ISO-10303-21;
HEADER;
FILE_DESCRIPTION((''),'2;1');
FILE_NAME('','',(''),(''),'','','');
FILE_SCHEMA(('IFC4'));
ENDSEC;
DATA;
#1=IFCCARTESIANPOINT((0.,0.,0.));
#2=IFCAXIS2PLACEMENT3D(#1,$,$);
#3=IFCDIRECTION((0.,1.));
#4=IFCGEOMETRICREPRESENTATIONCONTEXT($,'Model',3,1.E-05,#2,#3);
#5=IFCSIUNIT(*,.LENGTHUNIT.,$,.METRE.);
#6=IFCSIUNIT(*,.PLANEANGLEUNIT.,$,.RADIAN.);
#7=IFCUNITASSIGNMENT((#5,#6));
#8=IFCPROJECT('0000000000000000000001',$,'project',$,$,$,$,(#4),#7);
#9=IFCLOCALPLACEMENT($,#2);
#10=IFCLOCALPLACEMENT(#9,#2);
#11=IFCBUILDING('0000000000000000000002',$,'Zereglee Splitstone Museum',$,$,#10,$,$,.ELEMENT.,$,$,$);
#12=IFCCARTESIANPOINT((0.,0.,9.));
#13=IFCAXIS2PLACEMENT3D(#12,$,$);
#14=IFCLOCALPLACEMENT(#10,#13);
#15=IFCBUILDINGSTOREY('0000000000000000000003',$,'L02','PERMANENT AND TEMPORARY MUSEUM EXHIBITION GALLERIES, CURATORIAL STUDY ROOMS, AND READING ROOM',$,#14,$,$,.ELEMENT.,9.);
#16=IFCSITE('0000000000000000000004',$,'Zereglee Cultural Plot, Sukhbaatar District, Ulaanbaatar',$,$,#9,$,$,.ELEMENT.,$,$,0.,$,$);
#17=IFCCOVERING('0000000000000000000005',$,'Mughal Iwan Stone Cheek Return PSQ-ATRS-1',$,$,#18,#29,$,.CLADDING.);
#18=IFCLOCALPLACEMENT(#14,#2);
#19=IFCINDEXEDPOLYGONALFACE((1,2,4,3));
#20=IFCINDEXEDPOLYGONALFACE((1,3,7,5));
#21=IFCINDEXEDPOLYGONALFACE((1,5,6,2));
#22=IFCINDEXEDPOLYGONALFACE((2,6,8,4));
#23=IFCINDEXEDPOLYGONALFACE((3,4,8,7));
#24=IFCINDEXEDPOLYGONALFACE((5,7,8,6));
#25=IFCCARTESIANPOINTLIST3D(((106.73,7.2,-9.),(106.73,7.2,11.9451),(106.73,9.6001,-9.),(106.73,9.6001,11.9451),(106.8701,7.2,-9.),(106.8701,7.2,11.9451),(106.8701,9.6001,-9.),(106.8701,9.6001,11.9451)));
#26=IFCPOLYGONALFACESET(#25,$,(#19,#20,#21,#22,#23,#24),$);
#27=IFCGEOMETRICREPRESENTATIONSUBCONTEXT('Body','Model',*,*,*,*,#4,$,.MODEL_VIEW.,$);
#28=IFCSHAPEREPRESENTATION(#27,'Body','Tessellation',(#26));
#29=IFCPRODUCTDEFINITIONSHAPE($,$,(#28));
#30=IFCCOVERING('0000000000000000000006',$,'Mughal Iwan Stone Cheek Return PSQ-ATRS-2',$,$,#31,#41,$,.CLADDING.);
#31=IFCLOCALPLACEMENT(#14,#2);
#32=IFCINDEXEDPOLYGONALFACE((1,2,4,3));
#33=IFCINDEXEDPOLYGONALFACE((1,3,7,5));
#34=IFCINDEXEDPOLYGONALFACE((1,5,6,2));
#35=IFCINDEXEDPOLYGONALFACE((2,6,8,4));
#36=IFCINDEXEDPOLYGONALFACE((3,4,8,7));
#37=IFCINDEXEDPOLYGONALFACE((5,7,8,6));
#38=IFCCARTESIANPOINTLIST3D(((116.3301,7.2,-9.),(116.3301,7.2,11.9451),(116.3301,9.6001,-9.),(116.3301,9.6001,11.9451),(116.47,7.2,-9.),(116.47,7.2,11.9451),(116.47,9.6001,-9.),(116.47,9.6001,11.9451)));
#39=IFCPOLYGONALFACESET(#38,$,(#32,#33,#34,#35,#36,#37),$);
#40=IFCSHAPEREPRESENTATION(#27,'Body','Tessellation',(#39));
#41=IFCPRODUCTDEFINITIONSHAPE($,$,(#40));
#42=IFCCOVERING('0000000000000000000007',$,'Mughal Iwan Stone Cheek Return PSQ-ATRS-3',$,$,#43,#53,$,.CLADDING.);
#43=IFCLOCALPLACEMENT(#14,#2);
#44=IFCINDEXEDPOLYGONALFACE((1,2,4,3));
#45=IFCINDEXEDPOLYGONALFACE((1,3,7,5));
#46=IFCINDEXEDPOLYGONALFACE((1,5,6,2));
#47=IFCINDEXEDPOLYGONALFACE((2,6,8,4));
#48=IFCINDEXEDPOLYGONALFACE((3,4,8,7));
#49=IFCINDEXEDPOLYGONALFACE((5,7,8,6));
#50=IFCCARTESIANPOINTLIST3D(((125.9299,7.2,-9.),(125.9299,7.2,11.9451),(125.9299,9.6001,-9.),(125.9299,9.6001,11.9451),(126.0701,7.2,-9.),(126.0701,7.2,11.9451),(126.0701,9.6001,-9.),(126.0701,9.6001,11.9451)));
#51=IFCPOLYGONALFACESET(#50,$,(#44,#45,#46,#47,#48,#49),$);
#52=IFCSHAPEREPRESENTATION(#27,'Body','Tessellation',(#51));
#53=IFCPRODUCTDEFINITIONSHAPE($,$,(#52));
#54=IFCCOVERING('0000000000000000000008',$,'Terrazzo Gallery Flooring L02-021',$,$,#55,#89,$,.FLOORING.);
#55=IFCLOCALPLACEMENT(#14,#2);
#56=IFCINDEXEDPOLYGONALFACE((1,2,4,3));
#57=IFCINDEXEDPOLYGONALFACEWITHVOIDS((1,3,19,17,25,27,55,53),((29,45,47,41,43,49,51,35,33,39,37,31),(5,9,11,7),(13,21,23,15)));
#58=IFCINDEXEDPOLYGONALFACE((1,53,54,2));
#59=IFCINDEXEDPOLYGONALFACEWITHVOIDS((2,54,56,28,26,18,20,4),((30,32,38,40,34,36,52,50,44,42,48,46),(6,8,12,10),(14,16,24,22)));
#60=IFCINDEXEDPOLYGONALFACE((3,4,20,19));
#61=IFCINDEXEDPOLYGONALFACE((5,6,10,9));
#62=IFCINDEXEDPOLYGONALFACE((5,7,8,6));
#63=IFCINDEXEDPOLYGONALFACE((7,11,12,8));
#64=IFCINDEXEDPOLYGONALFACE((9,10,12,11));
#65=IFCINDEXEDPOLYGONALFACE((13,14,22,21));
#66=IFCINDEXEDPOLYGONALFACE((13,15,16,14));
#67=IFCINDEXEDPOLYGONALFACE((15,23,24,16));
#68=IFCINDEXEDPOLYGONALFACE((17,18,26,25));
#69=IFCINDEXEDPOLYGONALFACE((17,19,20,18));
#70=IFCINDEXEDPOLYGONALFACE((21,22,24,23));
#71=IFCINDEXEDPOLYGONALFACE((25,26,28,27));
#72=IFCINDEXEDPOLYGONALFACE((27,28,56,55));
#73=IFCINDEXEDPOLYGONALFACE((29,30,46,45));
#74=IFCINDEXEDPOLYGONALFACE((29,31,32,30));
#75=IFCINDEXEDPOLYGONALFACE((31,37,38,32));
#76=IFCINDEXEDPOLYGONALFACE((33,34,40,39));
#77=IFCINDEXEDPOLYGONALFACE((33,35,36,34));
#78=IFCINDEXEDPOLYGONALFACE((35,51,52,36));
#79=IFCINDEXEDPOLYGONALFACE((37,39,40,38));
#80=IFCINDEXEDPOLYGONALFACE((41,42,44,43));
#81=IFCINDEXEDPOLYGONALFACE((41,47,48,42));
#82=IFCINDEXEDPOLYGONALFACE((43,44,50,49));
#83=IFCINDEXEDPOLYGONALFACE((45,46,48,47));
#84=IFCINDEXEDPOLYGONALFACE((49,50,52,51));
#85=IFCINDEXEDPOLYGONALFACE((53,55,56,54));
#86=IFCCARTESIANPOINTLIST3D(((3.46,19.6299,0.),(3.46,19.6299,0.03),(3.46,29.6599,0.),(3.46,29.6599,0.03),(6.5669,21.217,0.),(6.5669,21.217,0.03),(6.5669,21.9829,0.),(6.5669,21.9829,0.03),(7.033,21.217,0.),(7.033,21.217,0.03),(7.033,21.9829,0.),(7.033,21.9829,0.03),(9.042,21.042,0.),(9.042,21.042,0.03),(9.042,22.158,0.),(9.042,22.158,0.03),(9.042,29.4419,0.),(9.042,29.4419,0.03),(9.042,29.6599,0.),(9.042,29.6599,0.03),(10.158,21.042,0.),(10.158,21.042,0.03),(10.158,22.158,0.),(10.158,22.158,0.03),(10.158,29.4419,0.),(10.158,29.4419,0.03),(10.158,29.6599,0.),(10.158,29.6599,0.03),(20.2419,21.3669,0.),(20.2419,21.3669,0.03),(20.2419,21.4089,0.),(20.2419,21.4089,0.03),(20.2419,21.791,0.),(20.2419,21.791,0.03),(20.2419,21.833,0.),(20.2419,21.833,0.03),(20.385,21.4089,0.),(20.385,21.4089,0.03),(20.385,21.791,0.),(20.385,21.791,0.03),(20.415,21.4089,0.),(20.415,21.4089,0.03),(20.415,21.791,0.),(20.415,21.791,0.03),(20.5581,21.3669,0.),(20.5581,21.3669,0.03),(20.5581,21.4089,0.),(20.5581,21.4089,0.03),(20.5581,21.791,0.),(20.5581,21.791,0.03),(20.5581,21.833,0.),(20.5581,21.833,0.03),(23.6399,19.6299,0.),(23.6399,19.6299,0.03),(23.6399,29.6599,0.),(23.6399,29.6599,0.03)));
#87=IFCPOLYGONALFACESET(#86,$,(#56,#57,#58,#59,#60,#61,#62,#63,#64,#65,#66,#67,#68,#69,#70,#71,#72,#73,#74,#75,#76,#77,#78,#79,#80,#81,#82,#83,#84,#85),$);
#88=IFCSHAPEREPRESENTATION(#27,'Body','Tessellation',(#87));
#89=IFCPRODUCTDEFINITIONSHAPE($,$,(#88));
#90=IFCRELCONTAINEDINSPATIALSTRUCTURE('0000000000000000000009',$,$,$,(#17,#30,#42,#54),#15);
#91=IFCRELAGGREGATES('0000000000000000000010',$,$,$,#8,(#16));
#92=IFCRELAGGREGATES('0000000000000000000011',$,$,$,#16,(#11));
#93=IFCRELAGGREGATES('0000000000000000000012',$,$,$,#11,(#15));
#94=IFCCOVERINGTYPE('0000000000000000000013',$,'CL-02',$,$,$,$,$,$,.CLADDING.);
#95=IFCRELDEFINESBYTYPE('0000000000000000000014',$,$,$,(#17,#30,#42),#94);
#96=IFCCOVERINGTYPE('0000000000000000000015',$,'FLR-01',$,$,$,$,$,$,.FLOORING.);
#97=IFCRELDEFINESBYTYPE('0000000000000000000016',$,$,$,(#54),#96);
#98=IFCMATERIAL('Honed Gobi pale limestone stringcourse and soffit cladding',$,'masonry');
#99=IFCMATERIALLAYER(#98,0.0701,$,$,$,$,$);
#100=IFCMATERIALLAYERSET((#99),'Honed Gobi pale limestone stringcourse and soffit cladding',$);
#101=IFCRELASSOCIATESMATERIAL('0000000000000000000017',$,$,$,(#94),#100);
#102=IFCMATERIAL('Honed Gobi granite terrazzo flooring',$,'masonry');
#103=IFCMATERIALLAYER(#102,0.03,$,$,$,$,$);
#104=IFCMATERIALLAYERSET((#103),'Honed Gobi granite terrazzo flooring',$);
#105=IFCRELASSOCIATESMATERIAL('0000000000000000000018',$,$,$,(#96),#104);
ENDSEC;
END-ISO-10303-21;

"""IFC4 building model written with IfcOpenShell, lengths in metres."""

from ifc_helpers import new_model, si_unit, direction, frame, origin, place, context, subcontext, project, spatial, polyline, outline, extrude, material, layer, layer_set, type_object, element, save


model = new_model("IFC4")

# Units and contexts
model_context = context("Model", 3, precision=1e-05, world=origin(), true_north=direction((0.0, 1.0)))
body_context = subcontext(model_context, "Body", "Model", "MODEL_VIEW")
ifc_project = project(units=[si_unit("LENGTHUNIT", "METRE"), si_unit("PLANEANGLEUNIT", "RADIAN")], contexts=[model_context])

# Site, building, storey
site_placement = place(None, origin())
site = spatial("IfcSite", under=ifc_project, at=site_placement, Name="Zereglee Cultural Plot, Sukhbaatar District, Ulaanbaatar", CompositionType="ELEMENT", RefElevation=0.0)
building_placement = place(site_placement, origin())
building = spatial("IfcBuilding", under=site, at=building_placement, Name="Zereglee Splitstone Museum", CompositionType="ELEMENT")
storey_placement = place(building_placement, frame((0.0, 0.0, 9.0)))
storey = spatial("IfcBuildingStorey", under=building, at=storey_placement, Name="L02", Description="PERMANENT AND TEMPORARY MUSEUM EXHIBITION GALLERIES, CURATORIAL STUDY ROOMS, AND READING ROOM", CompositionType="ELEMENT", Elevation=9.0)

# Coverings
ifc_material_1 = material(Name="Honed Gobi pale limestone stringcourse and soffit cladding", Category="masonry")
ifc_layer_1 = layer(ifc_material_1, 0.0701)
ifc_layer_set_1 = layer_set([ifc_layer_1], Name="Honed Gobi pale limestone stringcourse and soffit cladding")
covering_type_1 = type_object("IfcCoveringType", Name="CL-02", PredefinedType="CLADDING", material=ifc_layer_set_1)
covering_1_placement = place(storey_placement, frame((0.0, 0.0, -9.0)))
element("IfcCovering", 1, at=covering_1_placement, inside=storey, type_object=covering_type_1, Name="Mughal Iwan Stone Cheek Return PSQ-ATRS-1", PredefinedType="CLADDING", context=body_context, shape_type="SweptSolid", body=[
    extrude(outline(polyline([(106.73, 7.2), (106.8701, 7.2), (106.8701, 9.6001), (106.73, 9.6001), (106.73, 7.2)])), origin(), (0.0, 0.0, 1.0), 20.9451),
])
covering_2_placement = place(storey_placement, frame((0.0, 0.0, -9.0)))
element("IfcCovering", 2, at=covering_2_placement, inside=storey, type_object=covering_type_1, Name="Mughal Iwan Stone Cheek Return PSQ-ATRS-2", PredefinedType="CLADDING", context=body_context, shape_type="SweptSolid", body=[
    extrude(outline(polyline([(116.3301, 7.2), (116.47, 7.2), (116.47, 9.6001), (116.3301, 9.6001), (116.3301, 7.2)])), origin(), (0.0, 0.0, 1.0), 20.9451),
])
covering_3_placement = place(storey_placement, frame((0.0, 0.0, -9.0)))
element("IfcCovering", 3, at=covering_3_placement, inside=storey, type_object=covering_type_1, Name="Mughal Iwan Stone Cheek Return PSQ-ATRS-3", PredefinedType="CLADDING", context=body_context, shape_type="SweptSolid", body=[
    extrude(outline(polyline([(125.9299, 7.2), (126.0701, 7.2), (126.0701, 9.6001), (125.9299, 9.6001), (125.9299, 7.2)])), origin(), (0.0, 0.0, 1.0), 20.9451),
])
ifc_material_2 = material(Name="Honed Gobi granite terrazzo flooring", Category="masonry")
ifc_layer_2 = layer(ifc_material_2, 0.03)
ifc_layer_set_2 = layer_set([ifc_layer_2], Name="Honed Gobi granite terrazzo flooring")
covering_type_2 = type_object("IfcCoveringType", Name="FLR-01", PredefinedType="FLOORING", material=ifc_layer_set_2)
covering_4_placement = place(storey_placement, origin())
element("IfcCovering", 4, at=covering_4_placement, inside=storey, type_object=covering_type_2, Name="Terrazzo Gallery Flooring L02-021", PredefinedType="FLOORING", context=body_context, shape_type="SweptSolid", body=[
    extrude(outline(polyline([(3.46, 29.6599), (9.042, 29.6599), (9.042, 29.4419), (10.158, 29.4419), (10.158, 29.6599), (23.6399, 29.6599), (23.6399, 19.6299), (3.46, 19.6299), (3.46, 29.6599)]), holes=[polyline([(6.5669, 21.9829), (6.5669, 21.217), (7.033, 21.217), (7.033, 21.9829), (6.5669, 21.9829)]), polyline([(9.042, 22.158), (9.042, 21.042), (10.158, 21.042), (10.158, 22.158), (9.042, 22.158)]), polyline([(20.5581, 21.833), (20.2419, 21.833), (20.2419, 21.791), (20.385, 21.791), (20.385, 21.4089), (20.2419, 21.4089), (20.2419, 21.3669), (20.5581, 21.3669), (20.5581, 21.4089), (20.415, 21.4089), (20.415, 21.791), (20.5581, 21.791), (20.5581, 21.833)])]), origin(), (0.0, 0.0, 1.0), 0.03),
])

save(model, "model.ifc")
